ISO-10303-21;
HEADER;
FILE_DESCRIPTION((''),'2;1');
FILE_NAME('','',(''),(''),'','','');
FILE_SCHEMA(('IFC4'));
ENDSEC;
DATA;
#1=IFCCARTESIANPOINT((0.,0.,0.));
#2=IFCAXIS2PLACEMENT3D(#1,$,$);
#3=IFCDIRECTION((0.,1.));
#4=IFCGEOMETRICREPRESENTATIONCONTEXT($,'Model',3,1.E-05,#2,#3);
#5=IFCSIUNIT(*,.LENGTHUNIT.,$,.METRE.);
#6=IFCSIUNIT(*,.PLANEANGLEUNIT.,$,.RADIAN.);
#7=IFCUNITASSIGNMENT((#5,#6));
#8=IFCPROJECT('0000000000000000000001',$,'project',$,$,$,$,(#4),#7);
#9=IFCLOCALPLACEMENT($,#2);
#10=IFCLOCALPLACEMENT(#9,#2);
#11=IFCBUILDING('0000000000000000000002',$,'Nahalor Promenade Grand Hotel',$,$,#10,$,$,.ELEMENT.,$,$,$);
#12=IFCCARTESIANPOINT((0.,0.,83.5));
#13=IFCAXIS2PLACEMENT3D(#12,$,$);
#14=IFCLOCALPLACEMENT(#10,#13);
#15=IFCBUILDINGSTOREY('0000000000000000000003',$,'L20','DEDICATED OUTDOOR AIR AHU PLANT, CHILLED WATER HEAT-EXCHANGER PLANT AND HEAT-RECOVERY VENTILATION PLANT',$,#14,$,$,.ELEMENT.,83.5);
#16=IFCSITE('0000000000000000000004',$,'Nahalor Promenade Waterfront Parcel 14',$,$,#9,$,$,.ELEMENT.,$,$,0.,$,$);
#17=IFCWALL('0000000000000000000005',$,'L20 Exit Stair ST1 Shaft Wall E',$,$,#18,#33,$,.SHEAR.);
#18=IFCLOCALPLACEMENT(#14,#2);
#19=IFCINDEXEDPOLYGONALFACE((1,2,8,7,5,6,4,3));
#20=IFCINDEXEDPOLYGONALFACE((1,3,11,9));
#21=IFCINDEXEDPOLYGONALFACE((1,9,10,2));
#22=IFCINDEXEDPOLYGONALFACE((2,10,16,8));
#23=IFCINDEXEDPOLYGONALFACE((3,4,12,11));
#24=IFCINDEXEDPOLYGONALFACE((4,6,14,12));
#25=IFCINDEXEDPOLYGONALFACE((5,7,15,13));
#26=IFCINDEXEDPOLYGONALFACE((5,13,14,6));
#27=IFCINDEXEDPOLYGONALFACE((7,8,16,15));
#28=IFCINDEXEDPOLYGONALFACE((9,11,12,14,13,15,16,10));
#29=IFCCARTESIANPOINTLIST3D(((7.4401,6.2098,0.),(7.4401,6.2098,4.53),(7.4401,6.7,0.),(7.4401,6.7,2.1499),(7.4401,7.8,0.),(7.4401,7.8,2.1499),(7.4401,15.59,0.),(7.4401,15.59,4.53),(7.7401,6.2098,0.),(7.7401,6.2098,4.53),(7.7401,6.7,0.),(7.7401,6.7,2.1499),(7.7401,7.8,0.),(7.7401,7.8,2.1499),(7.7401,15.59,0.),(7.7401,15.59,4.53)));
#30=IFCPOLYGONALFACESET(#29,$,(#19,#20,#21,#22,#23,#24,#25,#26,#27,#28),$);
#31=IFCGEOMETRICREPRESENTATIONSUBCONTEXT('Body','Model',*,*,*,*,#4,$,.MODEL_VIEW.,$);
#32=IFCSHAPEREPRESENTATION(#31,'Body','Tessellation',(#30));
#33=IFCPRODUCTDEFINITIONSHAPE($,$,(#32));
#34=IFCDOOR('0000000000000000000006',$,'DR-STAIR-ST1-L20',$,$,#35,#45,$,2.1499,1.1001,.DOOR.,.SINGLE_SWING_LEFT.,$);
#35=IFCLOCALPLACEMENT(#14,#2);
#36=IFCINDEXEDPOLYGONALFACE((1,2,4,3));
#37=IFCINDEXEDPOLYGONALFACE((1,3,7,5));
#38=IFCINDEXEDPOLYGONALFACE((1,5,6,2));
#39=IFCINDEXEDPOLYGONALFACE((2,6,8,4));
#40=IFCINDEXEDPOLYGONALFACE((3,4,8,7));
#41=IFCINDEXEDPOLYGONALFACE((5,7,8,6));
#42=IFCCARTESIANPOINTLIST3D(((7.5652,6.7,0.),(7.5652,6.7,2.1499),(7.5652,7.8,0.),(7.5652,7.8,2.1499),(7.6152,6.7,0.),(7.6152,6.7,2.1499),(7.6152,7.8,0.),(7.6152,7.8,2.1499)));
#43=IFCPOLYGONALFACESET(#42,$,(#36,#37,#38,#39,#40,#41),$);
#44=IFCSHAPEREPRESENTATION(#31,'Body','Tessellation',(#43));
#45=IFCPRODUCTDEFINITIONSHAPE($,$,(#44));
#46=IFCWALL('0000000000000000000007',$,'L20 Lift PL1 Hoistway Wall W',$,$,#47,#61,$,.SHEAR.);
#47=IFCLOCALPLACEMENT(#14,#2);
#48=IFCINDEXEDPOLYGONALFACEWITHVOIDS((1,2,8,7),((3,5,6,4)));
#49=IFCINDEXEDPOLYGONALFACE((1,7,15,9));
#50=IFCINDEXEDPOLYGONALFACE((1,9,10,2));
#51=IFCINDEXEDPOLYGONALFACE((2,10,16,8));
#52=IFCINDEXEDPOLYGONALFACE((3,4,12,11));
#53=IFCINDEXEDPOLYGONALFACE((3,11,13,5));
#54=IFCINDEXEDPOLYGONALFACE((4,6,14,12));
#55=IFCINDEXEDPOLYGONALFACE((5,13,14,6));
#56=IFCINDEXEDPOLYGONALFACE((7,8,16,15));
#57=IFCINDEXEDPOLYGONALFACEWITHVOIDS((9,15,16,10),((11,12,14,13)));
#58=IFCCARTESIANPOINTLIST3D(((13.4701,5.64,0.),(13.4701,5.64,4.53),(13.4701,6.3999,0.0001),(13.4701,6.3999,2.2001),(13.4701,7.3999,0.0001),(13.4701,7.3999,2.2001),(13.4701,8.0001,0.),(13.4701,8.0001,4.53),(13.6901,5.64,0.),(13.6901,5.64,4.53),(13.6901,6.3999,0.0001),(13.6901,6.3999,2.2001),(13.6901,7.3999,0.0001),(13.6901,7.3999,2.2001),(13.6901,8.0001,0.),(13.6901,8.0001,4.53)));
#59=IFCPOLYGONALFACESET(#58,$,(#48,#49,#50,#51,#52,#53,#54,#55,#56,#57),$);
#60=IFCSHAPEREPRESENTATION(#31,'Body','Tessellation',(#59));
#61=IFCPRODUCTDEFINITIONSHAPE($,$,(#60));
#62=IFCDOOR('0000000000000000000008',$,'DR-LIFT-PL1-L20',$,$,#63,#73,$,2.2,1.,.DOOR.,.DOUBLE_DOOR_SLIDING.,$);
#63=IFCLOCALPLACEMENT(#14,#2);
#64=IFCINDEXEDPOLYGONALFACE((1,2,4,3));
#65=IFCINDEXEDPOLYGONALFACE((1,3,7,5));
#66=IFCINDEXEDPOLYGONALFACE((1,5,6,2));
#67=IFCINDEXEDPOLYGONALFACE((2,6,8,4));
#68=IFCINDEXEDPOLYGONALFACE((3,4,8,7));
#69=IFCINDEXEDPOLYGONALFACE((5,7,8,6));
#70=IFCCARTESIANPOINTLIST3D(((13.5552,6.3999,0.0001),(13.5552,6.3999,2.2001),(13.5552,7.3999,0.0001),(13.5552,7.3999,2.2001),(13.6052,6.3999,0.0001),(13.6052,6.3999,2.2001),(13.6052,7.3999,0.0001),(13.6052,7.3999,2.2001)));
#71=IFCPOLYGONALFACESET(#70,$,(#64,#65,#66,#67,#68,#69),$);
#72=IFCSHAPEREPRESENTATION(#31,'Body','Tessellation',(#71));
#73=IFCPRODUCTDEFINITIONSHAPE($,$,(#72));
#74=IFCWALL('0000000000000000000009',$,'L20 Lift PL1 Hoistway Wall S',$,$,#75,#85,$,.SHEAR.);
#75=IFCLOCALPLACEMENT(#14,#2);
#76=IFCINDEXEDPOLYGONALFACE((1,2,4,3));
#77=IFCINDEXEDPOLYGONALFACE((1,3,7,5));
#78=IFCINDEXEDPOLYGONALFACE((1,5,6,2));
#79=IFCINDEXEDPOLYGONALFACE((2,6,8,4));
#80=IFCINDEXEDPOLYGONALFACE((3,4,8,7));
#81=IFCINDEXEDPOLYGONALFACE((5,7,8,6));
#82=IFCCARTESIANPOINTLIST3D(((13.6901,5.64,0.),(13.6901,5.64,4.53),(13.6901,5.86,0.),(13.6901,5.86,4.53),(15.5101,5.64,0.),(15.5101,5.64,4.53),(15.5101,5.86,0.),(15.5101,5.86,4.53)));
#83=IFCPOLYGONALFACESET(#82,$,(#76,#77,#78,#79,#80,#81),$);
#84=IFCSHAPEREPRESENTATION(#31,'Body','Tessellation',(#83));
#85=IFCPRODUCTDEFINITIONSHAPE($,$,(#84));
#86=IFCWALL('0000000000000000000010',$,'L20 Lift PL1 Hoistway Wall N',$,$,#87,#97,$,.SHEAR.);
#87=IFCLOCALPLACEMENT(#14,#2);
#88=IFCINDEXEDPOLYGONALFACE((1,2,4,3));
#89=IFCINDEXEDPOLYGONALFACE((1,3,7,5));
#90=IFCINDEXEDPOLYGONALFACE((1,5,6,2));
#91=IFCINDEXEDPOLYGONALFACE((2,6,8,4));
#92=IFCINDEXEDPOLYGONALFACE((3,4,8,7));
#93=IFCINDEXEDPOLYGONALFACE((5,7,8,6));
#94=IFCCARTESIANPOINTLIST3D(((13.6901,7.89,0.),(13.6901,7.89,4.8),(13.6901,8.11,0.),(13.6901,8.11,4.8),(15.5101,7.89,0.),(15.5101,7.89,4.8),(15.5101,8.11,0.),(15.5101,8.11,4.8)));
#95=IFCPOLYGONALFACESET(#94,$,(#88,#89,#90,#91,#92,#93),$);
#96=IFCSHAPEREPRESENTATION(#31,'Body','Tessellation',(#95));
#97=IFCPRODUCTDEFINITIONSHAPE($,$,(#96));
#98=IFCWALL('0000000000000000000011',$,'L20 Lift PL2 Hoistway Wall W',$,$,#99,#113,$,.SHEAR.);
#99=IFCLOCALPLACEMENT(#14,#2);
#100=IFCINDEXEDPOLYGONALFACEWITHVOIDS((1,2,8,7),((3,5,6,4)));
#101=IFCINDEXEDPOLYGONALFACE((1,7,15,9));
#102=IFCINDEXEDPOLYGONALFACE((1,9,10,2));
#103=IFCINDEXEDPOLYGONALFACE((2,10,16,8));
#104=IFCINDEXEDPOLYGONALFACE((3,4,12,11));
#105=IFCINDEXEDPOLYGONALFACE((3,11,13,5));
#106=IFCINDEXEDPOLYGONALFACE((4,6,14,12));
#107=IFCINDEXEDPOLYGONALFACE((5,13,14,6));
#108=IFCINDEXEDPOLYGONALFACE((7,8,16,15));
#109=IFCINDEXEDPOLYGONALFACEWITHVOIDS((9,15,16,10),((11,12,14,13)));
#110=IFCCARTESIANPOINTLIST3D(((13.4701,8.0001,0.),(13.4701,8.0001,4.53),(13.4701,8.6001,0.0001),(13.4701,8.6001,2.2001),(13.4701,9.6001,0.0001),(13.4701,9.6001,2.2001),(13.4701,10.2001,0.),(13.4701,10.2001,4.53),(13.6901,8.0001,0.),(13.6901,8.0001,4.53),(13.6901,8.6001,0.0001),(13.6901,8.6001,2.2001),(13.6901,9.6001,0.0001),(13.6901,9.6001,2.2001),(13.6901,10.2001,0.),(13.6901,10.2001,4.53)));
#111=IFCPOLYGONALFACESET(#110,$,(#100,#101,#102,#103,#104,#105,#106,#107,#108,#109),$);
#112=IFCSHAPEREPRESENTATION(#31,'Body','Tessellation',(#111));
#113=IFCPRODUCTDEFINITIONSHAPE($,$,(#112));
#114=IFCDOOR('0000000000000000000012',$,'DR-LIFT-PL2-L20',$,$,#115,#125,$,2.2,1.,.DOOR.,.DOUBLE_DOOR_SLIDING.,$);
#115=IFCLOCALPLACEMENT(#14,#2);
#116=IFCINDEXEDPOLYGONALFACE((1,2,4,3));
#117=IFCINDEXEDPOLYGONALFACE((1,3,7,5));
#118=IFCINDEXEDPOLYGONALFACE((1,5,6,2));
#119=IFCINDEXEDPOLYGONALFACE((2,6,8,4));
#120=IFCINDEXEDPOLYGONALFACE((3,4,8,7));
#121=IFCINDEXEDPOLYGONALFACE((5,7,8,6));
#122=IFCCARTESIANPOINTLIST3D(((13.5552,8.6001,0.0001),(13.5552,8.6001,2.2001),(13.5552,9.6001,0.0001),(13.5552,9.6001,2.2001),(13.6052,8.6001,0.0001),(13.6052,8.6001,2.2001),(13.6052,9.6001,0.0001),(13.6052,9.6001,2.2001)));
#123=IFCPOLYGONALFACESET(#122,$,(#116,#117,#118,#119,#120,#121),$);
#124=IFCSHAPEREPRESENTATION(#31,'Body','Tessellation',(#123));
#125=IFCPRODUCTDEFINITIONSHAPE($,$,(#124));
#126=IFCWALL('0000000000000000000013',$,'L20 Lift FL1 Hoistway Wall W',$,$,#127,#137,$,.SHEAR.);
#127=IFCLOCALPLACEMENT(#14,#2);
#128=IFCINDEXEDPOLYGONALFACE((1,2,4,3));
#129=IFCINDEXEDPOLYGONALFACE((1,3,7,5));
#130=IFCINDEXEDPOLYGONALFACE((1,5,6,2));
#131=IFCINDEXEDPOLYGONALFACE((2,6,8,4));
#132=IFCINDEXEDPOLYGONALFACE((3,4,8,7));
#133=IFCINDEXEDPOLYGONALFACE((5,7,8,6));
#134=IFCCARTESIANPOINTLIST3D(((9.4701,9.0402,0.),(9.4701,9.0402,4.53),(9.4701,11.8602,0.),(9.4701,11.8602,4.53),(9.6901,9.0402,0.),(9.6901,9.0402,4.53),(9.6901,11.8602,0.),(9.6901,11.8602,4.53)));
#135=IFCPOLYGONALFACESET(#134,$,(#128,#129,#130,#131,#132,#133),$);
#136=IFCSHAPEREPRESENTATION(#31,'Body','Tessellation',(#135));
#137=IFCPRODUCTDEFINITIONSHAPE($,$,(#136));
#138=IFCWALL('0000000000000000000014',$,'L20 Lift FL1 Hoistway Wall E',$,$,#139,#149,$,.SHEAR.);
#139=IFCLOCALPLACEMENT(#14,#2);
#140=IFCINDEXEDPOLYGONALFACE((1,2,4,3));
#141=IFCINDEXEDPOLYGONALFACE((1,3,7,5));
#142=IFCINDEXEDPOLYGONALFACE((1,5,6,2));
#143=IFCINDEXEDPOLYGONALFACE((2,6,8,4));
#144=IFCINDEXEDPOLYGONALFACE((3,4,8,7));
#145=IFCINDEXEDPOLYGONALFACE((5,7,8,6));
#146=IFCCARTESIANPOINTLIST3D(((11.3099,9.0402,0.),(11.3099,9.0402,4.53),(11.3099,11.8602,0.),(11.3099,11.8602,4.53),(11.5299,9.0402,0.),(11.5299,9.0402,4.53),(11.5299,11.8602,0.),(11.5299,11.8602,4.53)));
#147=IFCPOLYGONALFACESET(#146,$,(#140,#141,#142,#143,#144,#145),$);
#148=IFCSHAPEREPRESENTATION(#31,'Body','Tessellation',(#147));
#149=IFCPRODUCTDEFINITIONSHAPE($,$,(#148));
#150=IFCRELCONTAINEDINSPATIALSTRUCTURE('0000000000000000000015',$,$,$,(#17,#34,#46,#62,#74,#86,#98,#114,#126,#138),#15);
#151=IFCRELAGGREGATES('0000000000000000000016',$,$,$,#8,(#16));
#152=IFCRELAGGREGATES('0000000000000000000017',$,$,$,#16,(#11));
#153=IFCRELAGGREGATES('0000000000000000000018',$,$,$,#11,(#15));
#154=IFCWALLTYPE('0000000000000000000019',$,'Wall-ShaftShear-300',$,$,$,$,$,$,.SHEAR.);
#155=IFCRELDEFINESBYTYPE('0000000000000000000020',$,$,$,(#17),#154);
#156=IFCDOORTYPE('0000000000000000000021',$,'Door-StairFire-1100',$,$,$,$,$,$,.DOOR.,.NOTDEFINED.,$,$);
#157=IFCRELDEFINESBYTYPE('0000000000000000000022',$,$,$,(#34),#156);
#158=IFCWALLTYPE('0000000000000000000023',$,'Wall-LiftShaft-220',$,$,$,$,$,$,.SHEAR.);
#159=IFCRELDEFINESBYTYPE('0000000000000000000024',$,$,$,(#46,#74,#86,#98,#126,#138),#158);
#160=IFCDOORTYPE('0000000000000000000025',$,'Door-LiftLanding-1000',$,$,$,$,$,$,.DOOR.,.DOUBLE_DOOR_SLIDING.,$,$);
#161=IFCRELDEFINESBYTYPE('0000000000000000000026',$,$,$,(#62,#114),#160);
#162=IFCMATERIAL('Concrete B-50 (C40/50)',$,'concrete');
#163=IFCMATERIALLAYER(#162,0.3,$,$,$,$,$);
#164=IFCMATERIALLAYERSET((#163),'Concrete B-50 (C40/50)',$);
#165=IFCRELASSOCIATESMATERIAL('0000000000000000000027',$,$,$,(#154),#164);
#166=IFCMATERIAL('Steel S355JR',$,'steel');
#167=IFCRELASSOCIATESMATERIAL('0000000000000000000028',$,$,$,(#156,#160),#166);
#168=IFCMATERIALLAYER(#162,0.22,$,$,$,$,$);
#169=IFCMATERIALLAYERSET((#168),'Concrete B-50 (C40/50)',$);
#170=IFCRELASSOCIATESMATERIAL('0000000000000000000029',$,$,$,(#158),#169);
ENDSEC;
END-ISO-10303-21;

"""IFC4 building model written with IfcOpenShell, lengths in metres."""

from ifc_helpers import new_model, si_unit, direction, frame, frame_2d, origin, place, context, subcontext, project, spatial, rectangle, extrude, source, transform, mapped, material, layer, layer_set, type_object, element, fill, save


model = new_model("IFC4")

# Units and contexts
model_context = context("Model", 3, precision=1e-05, world=origin(), true_north=direction((0.0, 1.0)))
body_context = subcontext(model_context, "Body", "Model", "MODEL_VIEW")
ifc_project = project(units=[si_unit("LENGTHUNIT", "METRE"), si_unit("PLANEANGLEUNIT", "RADIAN")], contexts=[model_context])

# Site, building, storey
site_placement = place(None, origin())
site = spatial("IfcSite", under=ifc_project, at=site_placement, Name="Nahalor Promenade Waterfront Parcel 14", CompositionType="ELEMENT", RefElevation=0.0)
building_placement = place(site_placement, origin())
building = spatial("IfcBuilding", under=site, at=building_placement, Name="Nahalor Promenade Grand Hotel", CompositionType="ELEMENT")
storey_placement = place(building_placement, frame((0.0, 0.0, 83.5)))
storey = spatial("IfcBuildingStorey", under=building, at=storey_placement, Name="L20", Description="DEDICATED OUTDOOR AIR AHU PLANT, CHILLED WATER HEAT-EXCHANGER PLANT AND HEAT-RECOVERY VENTILATION PLANT", CompositionType="ELEMENT", Elevation=83.5)

# Shared definitions
ifc_material_1 = material(Name="Steel S355JR", Category="steel")

# Walls, openings, doors
ifc_material_2 = material(Name="Concrete B-50 (C40/50)", Category="concrete")
ifc_layer_1 = layer(ifc_material_2, 0.3)
ifc_layer_set_1 = layer_set([ifc_layer_1], Name="Concrete B-50 (C40/50)")
wall_type_1 = type_object("IfcWallType", Name="Wall-ShaftShear-300", PredefinedType="SHEAR", material=ifc_layer_set_1)
shared_shape_1 = source(origin(), body_context, "Body", "SweptSolid", [
    extrude(rectangle(XDim=9.3801, YDim=0.3, at=frame_2d((4.6899, 0.0))), origin(), (0.0, 0.0, 1.0), 4.53),
])
wall_1_placement = place(storey_placement, frame((7.5901, 6.21, 0.0), z_axis=(0.0, 0.0, 1.0), x_axis=(0.0, 1.0, 0.0)))
wall_1 = element("IfcWall", 1, at=wall_1_placement, inside=storey, type_object=wall_type_1, Name="L20 Exit Stair ST1 Shaft Wall E", PredefinedType="SHEAR", context=body_context, shape_type="MappedRepresentation", body=[
    mapped(shared_shape_1, transform((0.0, 0.0, 0.0), scale=1.0)),
])
opening_1_placement = place(wall_1_placement, frame((0.49, 0.0, 0.0)))
opening_1 = element("IfcOpeningElement", 2, at=opening_1_placement, cuts=wall_1, PredefinedType="OPENING", context=body_context, shape_type="SweptSolid", body=[
    extrude(rectangle(XDim=1.1001, YDim=2.1499, at=frame_2d((0.55, 1.075))), frame((0.0, 0.1599, 0.0), z_axis=(0.0, -1.0, 0.0), x_axis=(1.0, 0.0, 0.0)), (0.0, 0.0, 1.0), 0.3201),
])
door_type_1 = type_object("IfcDoorType", Name="Door-StairFire-1100", OperationType="NOTDEFINED", PredefinedType="DOOR", material=ifc_material_1)
shared_shape_2 = source(origin(), body_context, "Body", "SweptSolid", [
    extrude(rectangle(XDim=1.1001, YDim=2.1499, at=frame_2d((0.55, 1.075))), frame((0.0, 0.0249, 0.0), z_axis=(0.0, -1.0, 0.0), x_axis=(1.0, 0.0, 0.0)), (0.0, 0.0, 1.0), 0.05),
])
door_1_placement = place(opening_1_placement, origin())
door_1 = element("IfcDoor", 3, at=door_1_placement, inside=storey, type_object=door_type_1, Name="DR-STAIR-ST1-L20", OperationType="SINGLE_SWING_LEFT", OverallHeight=2.1499, OverallWidth=1.1001, PredefinedType="DOOR", context=body_context, shape_type="MappedRepresentation", body=[
    mapped(shared_shape_2, transform((0.0, 0.0, 0.0), scale=1.0)),
])
fill(opening_1, door_1)
ifc_layer_2 = layer(ifc_material_2, 0.22)
ifc_layer_set_2 = layer_set([ifc_layer_2], Name="Concrete B-50 (C40/50)")
wall_type_2 = type_object("IfcWallType", Name="Wall-LiftShaft-220", PredefinedType="SHEAR", material=ifc_layer_set_2)
shared_shape_3 = source(origin(), body_context, "Body", "SweptSolid", [
    extrude(rectangle(XDim=2.3601, YDim=0.22, at=frame_2d((1.1802, 0.0))), origin(), (0.0, 0.0, 1.0), 4.53),
])
wall_2_placement = place(storey_placement, frame((13.5801, 5.6399, 0.0), z_axis=(0.0, 0.0, 1.0), x_axis=(0.0, 1.0, 0.0)))
wall_2 = element("IfcWall", 4, at=wall_2_placement, inside=storey, type_object=wall_type_2, Name="L20 Lift PL1 Hoistway Wall W", PredefinedType="SHEAR", context=body_context, shape_type="MappedRepresentation", body=[
    mapped(shared_shape_3, transform((0.0, 0.0, 0.0), scale=1.0)),
])
opening_2_placement = place(wall_2_placement, frame((0.76, 0.0, 0.0)))
opening_2 = element("IfcOpeningElement", 5, at=opening_2_placement, cuts=wall_2, PredefinedType="OPENING", context=body_context, shape_type="SweptSolid", body=[
    extrude(rectangle(XDim=1.0, YDim=2.2, at=frame_2d((0.5, 1.1001))), frame((0.0, 0.1199, 0.0), z_axis=(0.0, -1.0, 0.0), x_axis=(1.0, 0.0, 0.0)), (0.0, 0.0, 1.0), 0.24),
])
door_type_2 = type_object("IfcDoorType", Name="Door-LiftLanding-1000", OperationType="DOUBLE_DOOR_SLIDING", PredefinedType="DOOR", material=ifc_material_1)
shared_shape_4 = source(origin(), body_context, "Body", "SweptSolid", [
    extrude(rectangle(XDim=1.0, YDim=2.2, at=frame_2d((0.5, 1.1001))), frame((0.0, 0.0249, 0.0), z_axis=(0.0, -1.0, 0.0), x_axis=(1.0, 0.0, 0.0)), (0.0, 0.0, 1.0), 0.05),
])
door_2_placement = place(opening_2_placement, origin())
door_2 = element("IfcDoor", 6, at=door_2_placement, inside=storey, type_object=door_type_2, Name="DR-LIFT-PL1-L20", OperationType="DOUBLE_DOOR_SLIDING", OverallHeight=2.2, OverallWidth=1.0, PredefinedType="DOOR", context=body_context, shape_type="MappedRepresentation", body=[
    mapped(shared_shape_4, transform((0.0, 0.0, 0.0), scale=1.0)),
])
fill(opening_2, door_2)

# Walls
shared_shape_5 = source(origin(), body_context, "Body", "SweptSolid", [
    extrude(rectangle(XDim=1.8201, YDim=0.22, at=frame_2d((0.9102, 0.0))), origin(), (0.0, 0.0, 1.0), 4.53),
])
wall_3_placement = place(storey_placement, frame((13.6899, 5.75, 0.0), z_axis=(0.0, 0.0, 1.0), x_axis=(1.0, 0.0, 0.0)))
element("IfcWall", 7, at=wall_3_placement, inside=storey, type_object=wall_type_2, Name="L20 Lift PL1 Hoistway Wall S", PredefinedType="SHEAR", context=body_context, shape_type="MappedRepresentation", body=[
    mapped(shared_shape_5, transform((0.0, 0.0, 0.0), scale=1.0)),
])
shared_shape_6 = source(origin(), body_context, "Body", "SweptSolid", [
    extrude(rectangle(XDim=1.8201, YDim=0.22, at=frame_2d((0.9102, 0.0))), origin(), (0.0, 0.0, 1.0), 4.8),
])
wall_4_placement = place(storey_placement, frame((13.6899, 8.0, 0.0), z_axis=(0.0, 0.0, 1.0), x_axis=(1.0, 0.0, 0.0)))
element("IfcWall", 8, at=wall_4_placement, inside=storey, type_object=wall_type_2, Name="L20 Lift PL1 Hoistway Wall N", PredefinedType="SHEAR", context=body_context, shape_type="MappedRepresentation", body=[
    mapped(shared_shape_6, transform((0.0, 0.0, 0.0), scale=1.0)),
])

# Wall, opening, door
shared_shape_7 = source(origin(), body_context, "Body", "SweptSolid", [
    extrude(rectangle(XDim=2.2, YDim=0.22, at=frame_2d((1.1001, 0.0))), origin(), (0.0, 0.0, 1.0), 4.53),
])
wall_5_placement = place(storey_placement, frame((13.5801, 8.0, 0.0), z_axis=(0.0, 0.0, 1.0), x_axis=(0.0, 1.0, 0.0)))
wall_5 = element("IfcWall", 9, at=wall_5_placement, inside=storey, type_object=wall_type_2, Name="L20 Lift PL2 Hoistway Wall W", PredefinedType="SHEAR", context=body_context, shape_type="MappedRepresentation", body=[
    mapped(shared_shape_7, transform((0.0, 0.0, 0.0), scale=1.0)),
])
opening_3_placement = place(wall_5_placement, frame((0.6001, 0.0, 0.0)))
opening_3 = element("IfcOpeningElement", 10, at=opening_3_placement, cuts=wall_5, PredefinedType="OPENING", context=body_context, shape_type="SweptSolid", body=[
    extrude(rectangle(XDim=1.0, YDim=2.2, at=frame_2d((0.5, 1.1001))), frame((0.0, 0.1199, 0.0), z_axis=(0.0, -1.0, 0.0), x_axis=(1.0, 0.0, 0.0)), (0.0, 0.0, 1.0), 0.24),
])
door_3_placement = place(opening_3_placement, origin())
door_3 = element("IfcDoor", 11, at=door_3_placement, inside=storey, type_object=door_type_2, Name="DR-LIFT-PL2-L20", OperationType="DOUBLE_DOOR_SLIDING", OverallHeight=2.2, OverallWidth=1.0, PredefinedType="DOOR", context=body_context, shape_type="MappedRepresentation", body=[
    mapped(shared_shape_4, transform((0.0, 0.0, 0.0), scale=1.0)),
])
fill(opening_3, door_3)

# Walls
shared_shape_8 = source(origin(), body_context, "Body", "SweptSolid", [
    extrude(rectangle(XDim=2.8201, YDim=0.22, at=frame_2d((1.4102, 0.0))), origin(), (0.0, 0.0, 1.0), 4.53),
])
for number, where, z_axis, x_axis, name in (
    (12, (9.5801, 9.04, 0.0), (0.0, 0.0, 1.0), (0.0, 1.0, 0.0), "L20 Lift FL1 Hoistway Wall W"),
    (13, (11.4199, 9.04, 0.0), (0.0, 0.0, 1.0), (0.0, 1.0, 0.0), "L20 Lift FL1 Hoistway Wall E"),
):
    element("IfcWall", number, at=place(storey_placement, frame(where, z_axis=z_axis, x_axis=x_axis)), inside=storey, type_object=wall_type_2, Name=name, PredefinedType="SHEAR", context=body_context, shape_type="MappedRepresentation", body=[
        mapped(shared_shape_8, transform((0.0, 0.0, 0.0), scale=1.0)),
    ])

save(model, "model.ifc")
